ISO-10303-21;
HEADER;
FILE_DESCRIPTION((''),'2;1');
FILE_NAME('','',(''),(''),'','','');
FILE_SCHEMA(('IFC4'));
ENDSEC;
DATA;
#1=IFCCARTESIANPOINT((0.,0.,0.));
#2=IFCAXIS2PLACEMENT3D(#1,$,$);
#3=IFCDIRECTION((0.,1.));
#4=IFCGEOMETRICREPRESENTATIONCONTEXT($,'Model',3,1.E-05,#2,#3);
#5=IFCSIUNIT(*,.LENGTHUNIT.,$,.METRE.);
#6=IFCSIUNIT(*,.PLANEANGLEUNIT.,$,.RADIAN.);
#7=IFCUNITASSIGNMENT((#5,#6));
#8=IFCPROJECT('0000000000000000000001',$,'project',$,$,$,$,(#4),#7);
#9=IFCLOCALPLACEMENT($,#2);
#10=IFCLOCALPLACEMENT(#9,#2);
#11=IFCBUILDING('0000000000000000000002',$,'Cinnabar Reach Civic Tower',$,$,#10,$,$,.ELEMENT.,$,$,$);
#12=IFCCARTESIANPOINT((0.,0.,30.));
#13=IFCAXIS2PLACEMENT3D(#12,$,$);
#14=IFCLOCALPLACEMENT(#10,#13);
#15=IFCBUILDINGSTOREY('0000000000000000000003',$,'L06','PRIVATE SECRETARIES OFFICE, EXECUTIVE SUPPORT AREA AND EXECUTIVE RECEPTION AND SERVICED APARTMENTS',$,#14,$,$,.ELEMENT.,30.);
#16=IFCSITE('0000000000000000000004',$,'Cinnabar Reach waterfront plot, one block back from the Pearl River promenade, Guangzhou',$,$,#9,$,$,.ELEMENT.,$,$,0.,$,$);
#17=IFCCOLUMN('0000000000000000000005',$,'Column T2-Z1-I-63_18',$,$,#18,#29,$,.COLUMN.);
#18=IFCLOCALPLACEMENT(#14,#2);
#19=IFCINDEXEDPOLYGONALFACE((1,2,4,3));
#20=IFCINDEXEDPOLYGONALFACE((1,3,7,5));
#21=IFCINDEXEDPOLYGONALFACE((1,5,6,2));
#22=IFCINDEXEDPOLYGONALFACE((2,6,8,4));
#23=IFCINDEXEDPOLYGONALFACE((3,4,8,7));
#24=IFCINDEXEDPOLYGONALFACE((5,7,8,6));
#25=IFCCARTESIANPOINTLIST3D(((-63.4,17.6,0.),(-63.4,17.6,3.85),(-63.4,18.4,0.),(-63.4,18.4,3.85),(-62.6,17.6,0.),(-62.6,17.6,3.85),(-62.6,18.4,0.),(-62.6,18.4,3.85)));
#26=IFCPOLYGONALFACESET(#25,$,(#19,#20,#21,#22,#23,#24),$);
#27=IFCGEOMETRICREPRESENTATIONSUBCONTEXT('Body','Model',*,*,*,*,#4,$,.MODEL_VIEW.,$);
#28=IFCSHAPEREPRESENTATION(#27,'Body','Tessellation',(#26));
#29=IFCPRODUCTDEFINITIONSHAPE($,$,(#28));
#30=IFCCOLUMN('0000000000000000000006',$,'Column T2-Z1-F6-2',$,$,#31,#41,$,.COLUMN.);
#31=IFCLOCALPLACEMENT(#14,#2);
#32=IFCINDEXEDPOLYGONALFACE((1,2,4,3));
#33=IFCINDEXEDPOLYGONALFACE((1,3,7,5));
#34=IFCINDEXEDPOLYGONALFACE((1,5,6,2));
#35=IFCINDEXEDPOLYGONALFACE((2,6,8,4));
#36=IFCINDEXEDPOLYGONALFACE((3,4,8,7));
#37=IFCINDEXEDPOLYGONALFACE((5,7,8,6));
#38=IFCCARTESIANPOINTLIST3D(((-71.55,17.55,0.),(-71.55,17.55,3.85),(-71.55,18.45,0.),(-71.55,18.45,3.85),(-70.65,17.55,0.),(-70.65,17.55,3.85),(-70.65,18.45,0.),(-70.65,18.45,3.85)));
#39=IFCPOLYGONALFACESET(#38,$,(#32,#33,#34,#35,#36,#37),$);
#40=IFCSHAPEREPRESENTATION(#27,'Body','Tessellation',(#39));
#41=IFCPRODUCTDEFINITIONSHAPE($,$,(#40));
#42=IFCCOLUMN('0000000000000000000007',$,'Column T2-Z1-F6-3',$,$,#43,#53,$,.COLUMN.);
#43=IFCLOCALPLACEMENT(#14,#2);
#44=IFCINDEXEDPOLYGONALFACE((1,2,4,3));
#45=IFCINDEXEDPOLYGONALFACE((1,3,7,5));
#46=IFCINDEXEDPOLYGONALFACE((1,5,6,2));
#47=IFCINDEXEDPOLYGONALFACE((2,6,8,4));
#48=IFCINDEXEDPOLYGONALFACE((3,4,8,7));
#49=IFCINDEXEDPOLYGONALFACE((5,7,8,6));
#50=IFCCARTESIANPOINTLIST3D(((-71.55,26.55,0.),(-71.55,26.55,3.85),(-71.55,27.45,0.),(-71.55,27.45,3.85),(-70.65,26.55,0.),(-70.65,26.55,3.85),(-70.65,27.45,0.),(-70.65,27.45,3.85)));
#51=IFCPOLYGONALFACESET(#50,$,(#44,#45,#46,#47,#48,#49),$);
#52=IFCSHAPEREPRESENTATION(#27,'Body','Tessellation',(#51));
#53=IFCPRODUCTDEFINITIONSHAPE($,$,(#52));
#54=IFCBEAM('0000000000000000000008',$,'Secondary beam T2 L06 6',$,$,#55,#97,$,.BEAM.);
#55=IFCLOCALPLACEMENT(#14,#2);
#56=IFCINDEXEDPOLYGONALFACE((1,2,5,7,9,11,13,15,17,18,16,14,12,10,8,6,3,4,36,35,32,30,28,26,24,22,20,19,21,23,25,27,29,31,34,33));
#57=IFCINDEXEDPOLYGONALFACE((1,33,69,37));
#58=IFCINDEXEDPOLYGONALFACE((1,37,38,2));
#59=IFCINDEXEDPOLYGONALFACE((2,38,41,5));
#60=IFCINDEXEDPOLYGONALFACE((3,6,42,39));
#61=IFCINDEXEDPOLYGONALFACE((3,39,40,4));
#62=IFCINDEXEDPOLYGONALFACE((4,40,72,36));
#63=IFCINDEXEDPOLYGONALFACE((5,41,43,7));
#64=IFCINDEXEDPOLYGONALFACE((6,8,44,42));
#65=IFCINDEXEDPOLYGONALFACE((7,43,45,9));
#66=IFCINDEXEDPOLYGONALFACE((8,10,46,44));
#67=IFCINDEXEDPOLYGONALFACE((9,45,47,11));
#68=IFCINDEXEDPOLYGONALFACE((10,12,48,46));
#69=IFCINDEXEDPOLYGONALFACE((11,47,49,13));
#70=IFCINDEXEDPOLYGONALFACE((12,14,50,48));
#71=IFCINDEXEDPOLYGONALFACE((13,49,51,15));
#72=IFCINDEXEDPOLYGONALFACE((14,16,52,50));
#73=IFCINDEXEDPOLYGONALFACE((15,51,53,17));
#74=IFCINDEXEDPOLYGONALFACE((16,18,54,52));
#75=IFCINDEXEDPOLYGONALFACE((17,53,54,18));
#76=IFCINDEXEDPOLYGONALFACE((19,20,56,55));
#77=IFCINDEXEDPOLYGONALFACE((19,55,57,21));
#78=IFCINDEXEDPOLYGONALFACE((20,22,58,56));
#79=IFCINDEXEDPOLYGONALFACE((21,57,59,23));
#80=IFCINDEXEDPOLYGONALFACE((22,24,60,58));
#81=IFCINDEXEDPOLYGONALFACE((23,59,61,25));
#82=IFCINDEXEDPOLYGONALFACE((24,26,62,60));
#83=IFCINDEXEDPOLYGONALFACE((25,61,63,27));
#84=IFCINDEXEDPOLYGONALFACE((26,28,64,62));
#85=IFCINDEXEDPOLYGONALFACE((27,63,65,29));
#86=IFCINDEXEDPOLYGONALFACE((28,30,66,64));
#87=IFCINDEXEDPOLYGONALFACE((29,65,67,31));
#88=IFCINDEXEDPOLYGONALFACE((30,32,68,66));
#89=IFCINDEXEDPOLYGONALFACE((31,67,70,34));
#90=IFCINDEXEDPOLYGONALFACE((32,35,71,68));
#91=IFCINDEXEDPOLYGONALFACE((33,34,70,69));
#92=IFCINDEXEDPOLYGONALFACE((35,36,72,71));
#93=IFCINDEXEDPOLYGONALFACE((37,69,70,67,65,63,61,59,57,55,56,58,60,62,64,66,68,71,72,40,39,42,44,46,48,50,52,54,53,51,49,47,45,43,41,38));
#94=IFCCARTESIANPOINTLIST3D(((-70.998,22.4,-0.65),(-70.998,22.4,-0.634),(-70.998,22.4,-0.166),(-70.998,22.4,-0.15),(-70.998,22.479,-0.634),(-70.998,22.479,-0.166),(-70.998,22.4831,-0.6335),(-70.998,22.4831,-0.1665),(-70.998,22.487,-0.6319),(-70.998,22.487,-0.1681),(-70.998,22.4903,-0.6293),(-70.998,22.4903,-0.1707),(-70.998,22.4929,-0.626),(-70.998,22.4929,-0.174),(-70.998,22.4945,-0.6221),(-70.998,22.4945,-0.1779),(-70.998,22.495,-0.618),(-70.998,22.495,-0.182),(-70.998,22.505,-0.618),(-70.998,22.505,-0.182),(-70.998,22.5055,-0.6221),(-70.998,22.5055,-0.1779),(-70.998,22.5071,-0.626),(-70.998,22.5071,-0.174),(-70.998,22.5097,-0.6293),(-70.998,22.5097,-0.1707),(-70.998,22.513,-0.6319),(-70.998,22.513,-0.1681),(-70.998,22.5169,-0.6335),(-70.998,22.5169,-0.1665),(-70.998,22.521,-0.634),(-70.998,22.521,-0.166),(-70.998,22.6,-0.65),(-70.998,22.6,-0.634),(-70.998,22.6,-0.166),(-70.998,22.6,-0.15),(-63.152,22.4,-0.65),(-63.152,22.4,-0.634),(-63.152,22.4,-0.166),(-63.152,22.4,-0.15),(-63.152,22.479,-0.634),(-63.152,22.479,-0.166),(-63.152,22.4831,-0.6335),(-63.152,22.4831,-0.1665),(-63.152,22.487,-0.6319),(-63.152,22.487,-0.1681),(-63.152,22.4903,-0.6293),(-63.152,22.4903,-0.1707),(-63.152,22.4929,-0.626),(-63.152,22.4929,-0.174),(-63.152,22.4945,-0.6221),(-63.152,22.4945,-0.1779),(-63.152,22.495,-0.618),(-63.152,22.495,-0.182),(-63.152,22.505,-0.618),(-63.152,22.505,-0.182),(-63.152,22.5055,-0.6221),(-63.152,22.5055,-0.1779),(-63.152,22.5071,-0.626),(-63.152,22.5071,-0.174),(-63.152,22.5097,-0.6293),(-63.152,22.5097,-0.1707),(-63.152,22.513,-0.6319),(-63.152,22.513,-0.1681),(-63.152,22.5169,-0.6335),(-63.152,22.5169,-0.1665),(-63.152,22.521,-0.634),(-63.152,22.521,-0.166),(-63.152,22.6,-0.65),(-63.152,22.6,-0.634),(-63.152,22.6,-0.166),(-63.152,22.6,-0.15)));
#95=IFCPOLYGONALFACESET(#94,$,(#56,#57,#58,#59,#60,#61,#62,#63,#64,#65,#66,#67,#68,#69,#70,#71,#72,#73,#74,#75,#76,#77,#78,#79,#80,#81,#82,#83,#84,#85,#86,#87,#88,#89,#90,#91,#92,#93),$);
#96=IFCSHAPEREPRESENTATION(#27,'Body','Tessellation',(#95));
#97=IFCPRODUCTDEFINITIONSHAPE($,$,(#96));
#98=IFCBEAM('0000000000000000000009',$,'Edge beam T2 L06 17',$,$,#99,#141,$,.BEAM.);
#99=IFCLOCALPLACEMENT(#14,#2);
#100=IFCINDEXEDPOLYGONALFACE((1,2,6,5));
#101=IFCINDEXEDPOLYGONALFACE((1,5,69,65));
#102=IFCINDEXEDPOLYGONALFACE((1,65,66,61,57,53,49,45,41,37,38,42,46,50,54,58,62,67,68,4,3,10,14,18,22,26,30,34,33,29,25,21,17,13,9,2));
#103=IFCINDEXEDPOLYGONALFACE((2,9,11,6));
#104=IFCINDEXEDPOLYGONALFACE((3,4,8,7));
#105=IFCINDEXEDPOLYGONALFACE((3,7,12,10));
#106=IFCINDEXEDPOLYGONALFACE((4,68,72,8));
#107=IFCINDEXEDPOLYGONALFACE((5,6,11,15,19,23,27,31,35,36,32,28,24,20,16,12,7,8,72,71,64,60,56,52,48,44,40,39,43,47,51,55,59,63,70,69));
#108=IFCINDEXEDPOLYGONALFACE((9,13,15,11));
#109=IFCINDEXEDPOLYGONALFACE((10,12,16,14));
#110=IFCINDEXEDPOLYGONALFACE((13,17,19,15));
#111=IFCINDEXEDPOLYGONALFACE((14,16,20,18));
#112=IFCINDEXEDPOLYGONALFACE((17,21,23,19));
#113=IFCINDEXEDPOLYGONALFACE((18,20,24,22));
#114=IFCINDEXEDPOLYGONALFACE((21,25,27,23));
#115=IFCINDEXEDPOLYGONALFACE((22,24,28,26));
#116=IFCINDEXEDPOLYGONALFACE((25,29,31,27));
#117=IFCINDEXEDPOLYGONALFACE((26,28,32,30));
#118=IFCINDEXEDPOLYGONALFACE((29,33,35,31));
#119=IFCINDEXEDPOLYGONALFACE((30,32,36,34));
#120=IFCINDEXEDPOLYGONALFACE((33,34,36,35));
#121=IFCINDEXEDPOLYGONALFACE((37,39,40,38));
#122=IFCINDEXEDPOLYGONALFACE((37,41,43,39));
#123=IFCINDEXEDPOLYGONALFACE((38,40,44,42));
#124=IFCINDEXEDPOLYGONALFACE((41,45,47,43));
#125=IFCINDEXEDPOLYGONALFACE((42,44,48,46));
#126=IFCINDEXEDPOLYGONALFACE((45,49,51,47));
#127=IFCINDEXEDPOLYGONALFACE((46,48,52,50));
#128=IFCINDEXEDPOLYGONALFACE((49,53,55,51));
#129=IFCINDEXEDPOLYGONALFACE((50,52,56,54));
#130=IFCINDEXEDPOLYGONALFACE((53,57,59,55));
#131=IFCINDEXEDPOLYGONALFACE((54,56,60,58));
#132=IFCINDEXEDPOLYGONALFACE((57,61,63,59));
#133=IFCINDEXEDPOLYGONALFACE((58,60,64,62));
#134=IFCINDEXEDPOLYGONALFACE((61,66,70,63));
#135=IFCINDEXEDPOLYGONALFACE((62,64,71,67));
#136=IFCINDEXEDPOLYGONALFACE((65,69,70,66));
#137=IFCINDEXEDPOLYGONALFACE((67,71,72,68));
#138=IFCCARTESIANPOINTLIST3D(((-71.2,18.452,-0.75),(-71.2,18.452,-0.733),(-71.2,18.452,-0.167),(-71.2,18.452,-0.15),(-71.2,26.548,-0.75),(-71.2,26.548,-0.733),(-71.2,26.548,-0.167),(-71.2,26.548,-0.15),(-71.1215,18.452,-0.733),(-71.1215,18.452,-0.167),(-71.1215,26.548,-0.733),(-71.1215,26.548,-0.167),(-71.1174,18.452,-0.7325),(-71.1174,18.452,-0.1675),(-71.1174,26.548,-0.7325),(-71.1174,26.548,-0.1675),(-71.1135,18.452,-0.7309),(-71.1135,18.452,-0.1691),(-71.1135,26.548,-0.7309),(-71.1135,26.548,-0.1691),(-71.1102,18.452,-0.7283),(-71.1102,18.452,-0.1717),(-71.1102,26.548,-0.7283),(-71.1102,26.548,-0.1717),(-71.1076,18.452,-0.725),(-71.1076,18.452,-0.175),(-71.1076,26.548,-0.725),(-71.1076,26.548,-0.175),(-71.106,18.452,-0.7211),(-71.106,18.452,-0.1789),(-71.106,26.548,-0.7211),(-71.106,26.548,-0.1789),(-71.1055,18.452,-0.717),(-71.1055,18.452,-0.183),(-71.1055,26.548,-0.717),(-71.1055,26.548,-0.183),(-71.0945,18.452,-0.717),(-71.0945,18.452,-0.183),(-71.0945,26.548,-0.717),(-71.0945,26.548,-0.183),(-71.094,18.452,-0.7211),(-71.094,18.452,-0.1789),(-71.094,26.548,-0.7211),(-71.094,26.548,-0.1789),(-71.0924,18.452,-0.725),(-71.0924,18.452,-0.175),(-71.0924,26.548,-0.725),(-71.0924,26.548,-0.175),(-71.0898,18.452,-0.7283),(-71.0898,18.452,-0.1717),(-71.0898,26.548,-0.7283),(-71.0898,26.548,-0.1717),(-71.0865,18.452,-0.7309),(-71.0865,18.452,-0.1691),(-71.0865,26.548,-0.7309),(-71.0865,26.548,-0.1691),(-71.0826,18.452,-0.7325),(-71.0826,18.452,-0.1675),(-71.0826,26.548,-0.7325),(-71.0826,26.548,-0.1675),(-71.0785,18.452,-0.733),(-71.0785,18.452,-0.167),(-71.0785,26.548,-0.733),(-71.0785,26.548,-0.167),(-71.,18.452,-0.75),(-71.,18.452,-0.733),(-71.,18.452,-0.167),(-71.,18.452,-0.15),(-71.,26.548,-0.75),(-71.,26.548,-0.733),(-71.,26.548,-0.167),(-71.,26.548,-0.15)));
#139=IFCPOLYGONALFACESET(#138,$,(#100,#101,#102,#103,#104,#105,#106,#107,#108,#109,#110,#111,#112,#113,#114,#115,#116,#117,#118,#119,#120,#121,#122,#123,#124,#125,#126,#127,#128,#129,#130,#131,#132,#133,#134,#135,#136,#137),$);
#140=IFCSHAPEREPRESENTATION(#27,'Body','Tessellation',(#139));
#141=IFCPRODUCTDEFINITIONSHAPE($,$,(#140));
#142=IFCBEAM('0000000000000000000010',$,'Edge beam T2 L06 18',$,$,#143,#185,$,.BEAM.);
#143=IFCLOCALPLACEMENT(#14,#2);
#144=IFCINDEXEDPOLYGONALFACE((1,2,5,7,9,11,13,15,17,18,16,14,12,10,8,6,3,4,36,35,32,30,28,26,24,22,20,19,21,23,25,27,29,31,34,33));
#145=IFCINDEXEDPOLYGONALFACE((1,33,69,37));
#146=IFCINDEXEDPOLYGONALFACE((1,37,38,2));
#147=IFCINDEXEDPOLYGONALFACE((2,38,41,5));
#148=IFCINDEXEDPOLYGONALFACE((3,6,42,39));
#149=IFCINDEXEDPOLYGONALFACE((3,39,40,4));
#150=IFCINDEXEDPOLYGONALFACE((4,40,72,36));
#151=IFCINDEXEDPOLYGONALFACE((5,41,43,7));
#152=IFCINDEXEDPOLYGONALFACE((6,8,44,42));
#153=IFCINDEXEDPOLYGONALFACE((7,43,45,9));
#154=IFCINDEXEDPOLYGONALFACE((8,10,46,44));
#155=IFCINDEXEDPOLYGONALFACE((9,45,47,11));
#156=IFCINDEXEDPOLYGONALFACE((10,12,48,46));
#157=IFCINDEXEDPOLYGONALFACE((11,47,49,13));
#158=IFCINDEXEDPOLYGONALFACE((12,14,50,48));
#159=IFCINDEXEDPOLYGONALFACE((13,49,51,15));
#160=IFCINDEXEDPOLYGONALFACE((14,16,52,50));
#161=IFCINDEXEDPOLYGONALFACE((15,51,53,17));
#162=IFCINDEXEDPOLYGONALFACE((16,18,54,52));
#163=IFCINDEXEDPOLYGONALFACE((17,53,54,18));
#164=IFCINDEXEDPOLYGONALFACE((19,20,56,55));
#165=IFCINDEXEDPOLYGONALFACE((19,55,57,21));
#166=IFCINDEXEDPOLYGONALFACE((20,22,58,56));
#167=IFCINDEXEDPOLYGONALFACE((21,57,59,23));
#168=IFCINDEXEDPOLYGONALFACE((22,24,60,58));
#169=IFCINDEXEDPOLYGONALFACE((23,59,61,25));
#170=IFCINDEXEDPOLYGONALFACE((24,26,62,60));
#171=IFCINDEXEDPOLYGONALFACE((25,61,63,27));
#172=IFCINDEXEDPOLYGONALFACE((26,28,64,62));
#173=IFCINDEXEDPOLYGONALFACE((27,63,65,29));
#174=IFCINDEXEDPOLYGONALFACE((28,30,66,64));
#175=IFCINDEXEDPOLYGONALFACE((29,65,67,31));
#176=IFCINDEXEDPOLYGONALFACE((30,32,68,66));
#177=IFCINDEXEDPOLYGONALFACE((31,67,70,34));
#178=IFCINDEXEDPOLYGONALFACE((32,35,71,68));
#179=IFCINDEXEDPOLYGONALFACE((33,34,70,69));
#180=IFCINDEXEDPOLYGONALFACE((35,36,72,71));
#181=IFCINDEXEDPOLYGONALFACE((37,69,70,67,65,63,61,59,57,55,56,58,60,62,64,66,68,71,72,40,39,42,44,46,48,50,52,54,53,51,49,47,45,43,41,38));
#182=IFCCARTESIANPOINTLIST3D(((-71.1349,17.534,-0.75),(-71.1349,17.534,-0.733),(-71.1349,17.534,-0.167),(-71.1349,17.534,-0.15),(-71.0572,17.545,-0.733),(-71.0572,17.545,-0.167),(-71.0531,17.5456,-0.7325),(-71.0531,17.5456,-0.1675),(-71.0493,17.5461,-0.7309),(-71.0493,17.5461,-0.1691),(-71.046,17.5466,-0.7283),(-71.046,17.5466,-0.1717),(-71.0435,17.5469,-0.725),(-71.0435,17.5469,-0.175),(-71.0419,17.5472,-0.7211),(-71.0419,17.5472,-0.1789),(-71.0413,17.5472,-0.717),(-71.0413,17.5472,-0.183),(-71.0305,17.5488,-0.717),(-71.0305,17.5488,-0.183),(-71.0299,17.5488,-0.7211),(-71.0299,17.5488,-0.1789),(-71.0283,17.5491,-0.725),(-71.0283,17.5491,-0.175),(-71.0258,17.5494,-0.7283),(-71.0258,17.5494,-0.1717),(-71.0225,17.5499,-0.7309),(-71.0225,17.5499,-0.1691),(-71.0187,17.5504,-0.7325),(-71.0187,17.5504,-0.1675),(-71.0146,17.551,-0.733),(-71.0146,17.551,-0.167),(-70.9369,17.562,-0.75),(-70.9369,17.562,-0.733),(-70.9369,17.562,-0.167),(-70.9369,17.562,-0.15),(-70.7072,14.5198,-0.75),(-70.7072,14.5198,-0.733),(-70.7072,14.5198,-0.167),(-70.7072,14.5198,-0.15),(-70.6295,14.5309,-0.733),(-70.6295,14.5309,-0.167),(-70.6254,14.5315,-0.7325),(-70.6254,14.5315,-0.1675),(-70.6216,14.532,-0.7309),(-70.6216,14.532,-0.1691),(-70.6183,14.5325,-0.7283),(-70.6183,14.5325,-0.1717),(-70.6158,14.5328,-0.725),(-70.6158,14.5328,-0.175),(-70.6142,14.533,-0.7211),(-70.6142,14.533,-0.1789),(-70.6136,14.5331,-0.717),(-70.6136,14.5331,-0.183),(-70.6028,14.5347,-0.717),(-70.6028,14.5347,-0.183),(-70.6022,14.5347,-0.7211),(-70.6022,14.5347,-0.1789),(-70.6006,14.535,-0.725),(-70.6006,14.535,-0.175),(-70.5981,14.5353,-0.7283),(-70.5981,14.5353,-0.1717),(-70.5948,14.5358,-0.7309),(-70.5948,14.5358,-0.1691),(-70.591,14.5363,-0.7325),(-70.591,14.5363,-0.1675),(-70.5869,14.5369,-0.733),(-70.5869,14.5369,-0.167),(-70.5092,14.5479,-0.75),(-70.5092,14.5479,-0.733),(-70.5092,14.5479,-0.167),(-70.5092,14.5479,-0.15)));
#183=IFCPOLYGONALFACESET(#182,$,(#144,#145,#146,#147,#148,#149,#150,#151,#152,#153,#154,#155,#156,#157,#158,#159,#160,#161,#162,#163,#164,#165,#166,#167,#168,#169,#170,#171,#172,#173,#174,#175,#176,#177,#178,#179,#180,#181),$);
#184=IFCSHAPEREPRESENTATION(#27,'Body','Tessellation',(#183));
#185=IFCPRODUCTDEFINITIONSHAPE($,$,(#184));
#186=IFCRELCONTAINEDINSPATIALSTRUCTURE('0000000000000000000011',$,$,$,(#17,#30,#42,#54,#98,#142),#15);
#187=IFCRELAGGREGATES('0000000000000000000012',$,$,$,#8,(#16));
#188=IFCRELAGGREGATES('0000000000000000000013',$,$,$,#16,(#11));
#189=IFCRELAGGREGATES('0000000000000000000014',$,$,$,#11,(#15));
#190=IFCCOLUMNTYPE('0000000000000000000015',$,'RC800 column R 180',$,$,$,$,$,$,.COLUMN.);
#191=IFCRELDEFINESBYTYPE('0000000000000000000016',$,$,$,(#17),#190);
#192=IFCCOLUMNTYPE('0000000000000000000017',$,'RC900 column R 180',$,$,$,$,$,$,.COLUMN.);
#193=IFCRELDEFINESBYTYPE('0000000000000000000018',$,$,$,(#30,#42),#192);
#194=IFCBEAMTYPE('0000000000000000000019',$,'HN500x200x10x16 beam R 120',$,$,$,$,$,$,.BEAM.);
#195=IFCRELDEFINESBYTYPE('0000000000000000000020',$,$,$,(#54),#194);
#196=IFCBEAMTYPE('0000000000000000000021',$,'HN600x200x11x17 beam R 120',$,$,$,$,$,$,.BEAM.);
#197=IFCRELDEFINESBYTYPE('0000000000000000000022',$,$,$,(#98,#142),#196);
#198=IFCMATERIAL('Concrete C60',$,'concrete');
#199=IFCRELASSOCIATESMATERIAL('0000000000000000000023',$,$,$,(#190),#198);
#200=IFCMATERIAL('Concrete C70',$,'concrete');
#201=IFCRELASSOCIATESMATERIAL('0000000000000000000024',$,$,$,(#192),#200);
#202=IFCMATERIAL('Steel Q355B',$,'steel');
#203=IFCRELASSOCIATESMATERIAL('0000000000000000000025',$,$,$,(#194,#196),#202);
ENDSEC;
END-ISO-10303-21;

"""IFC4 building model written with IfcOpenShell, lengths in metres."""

from ifc_helpers import new_model, si_unit, direction, frame, origin, origin_2d, place, context, subcontext, project, spatial, rectangle, i_section, extrude, material, material_profile, profile_set, type_object, element, save


model = new_model("IFC4")

# Units and contexts
model_context = context("Model", 3, precision=1e-05, world=origin(), true_north=direction((0.0, 1.0)))
body_context = subcontext(model_context, "Body", "Model", "MODEL_VIEW")
ifc_project = project(units=[si_unit("LENGTHUNIT", "METRE"), si_unit("PLANEANGLEUNIT", "RADIAN")], contexts=[model_context])

# Site, building, storey
site_placement = place(None, origin())
site = spatial("IfcSite", under=ifc_project, at=site_placement, Name="Cinnabar Reach waterfront plot, one block back from the Pearl River promenade, Guangzhou", CompositionType="ELEMENT", RefElevation=0.0)
building_placement = place(site_placement, origin())
building = spatial("IfcBuilding", under=site, at=building_placement, Name="Cinnabar Reach Civic Tower", CompositionType="ELEMENT")
storey_placement = place(building_placement, frame((0.0, 0.0, 30.0)))
storey = spatial("IfcBuildingStorey", under=building, at=storey_placement, Name="L06", Description="PRIVATE SECRETARIES OFFICE, EXECUTIVE SUPPORT AREA AND EXECUTIVE RECEPTION AND SERVICED APARTMENTS", CompositionType="ELEMENT", Elevation=30.0)

# Columns
ifc_material_1 = material(Name="Concrete C60", Category="concrete")
ifc_material_profile_1 = material_profile(ifc_material_1, rectangle(XDim=0.8, YDim=0.8, at=origin_2d()), Name="RC800")
ifc_profile_set_1 = profile_set([ifc_material_profile_1], Name="Concrete C60")
column_type_1 = type_object("IfcColumnType", Name="RC800 column R 180", PredefinedType="COLUMN", material=ifc_profile_set_1)
column_placement = place(storey_placement, frame((-63.0, 18.0, 0.0), z_axis=(0.0, 0.0, 1.0), x_axis=(1.0, 0.0, 0.0)))
element("IfcColumn", 1, at=column_placement, inside=storey, type_object=column_type_1, Name="Column T2-Z1-I-63_18", PredefinedType="COLUMN", context=body_context, shape_type="SweptSolid", body=[
    extrude(rectangle(XDim=0.8, YDim=0.8, at=origin_2d()), origin(), (0.0, 0.0, 1.0), 3.85),
])
ifc_material_2 = material(Name="Concrete C70", Category="concrete")
ifc_material_profile_2 = material_profile(ifc_material_2, rectangle(XDim=0.9, YDim=0.9, at=origin_2d()), Name="RC900")
ifc_profile_set_2 = profile_set([ifc_material_profile_2], Name="Concrete C70")
column_type_2 = type_object("IfcColumnType", Name="RC900 column R 180", PredefinedType="COLUMN", material=ifc_profile_set_2)
for number, where, z_axis, x_axis, name in (
    (2, (-71.1, 18.0, 0.0), (0.0, 0.0, 1.0), (1.0, 0.0, 0.0), "Column T2-Z1-F6-2"),
    (3, (-71.1, 27.0, 0.0), (0.0, 0.0, 1.0), (1.0, 0.0, 0.0), "Column T2-Z1-F6-3"),
):
    element("IfcColumn", number, at=place(storey_placement, frame(where, z_axis=z_axis, x_axis=x_axis)), inside=storey, type_object=column_type_2, Name=name, PredefinedType="COLUMN", context=body_context, shape_type="SweptSolid", body=[
        extrude(rectangle(XDim=0.9, YDim=0.9, at=origin_2d()), origin(), (0.0, 0.0, 1.0), 3.85),
    ])

# Beams
ifc_material_3 = material(Name="Steel Q355B", Category="steel")
ifc_material_profile_3 = material_profile(ifc_material_3, i_section(OverallWidth=0.2, OverallDepth=0.5, WebThickness=0.01, FlangeThickness=0.016, FilletRadius=0.016, at=origin_2d()), Name="HN500x200x10x16")
ifc_profile_set_3 = profile_set([ifc_material_profile_3], Name="Steel Q355B")
beam_type_1 = type_object("IfcBeamType", Name="HN500x200x10x16 beam R 120", PredefinedType="BEAM", material=ifc_profile_set_3)
beam_1_placement = place(storey_placement, frame((-70.998, 22.5, -0.4), z_axis=(1.0, 0.0, 0.0), x_axis=(0.0, 1.0, 0.0)))
element("IfcBeam", 4, at=beam_1_placement, inside=storey, type_object=beam_type_1, Name="Secondary beam T2 L06 6", PredefinedType="BEAM", context=body_context, shape_type="SweptSolid", body=[
    extrude(i_section(OverallWidth=0.2, OverallDepth=0.5, WebThickness=0.01, FlangeThickness=0.016, FilletRadius=0.016, at=origin_2d()), origin(), (0.0, 0.0, 1.0), 7.846),
])
ifc_material_profile_4 = material_profile(ifc_material_3, i_section(OverallWidth=0.2, OverallDepth=0.6, WebThickness=0.011, FlangeThickness=0.017, FilletRadius=0.016, at=origin_2d()), Name="HN600x200x11x17")
ifc_profile_set_4 = profile_set([ifc_material_profile_4], Name="Steel Q355B")
beam_type_2 = type_object("IfcBeamType", Name="HN600x200x11x17 beam R 120", PredefinedType="BEAM", material=ifc_profile_set_4)
beam_2_placement = place(storey_placement, frame((-71.1, 26.548, -0.45), z_axis=(0.0, -1.0, 0.0), x_axis=(1.0, 0.0, 0.0)))
element("IfcBeam", 5, at=beam_2_placement, inside=storey, type_object=beam_type_2, Name="Edge beam T2 L06 17", PredefinedType="BEAM", context=body_context, shape_type="SweptSolid", body=[
    extrude(i_section(OverallWidth=0.2, OverallDepth=0.6, WebThickness=0.011, FlangeThickness=0.017, FilletRadius=0.016, at=origin_2d()), origin(), (0.0, 0.0, 1.0), 8.096),
])
beam_3_placement = place(storey_placement, frame((-71.0359, 17.548, -0.45), z_axis=(0.140492, -0.990082, 0.0), x_axis=(0.990082, 0.140492, 0.0)))
element("IfcBeam", 6, at=beam_3_placement, inside=storey, type_object=beam_type_2, Name="Edge beam T2 L06 18", PredefinedType="BEAM", context=body_context, shape_type="SweptSolid", body=[
    extrude(i_section(OverallWidth=0.2, OverallDepth=0.6, WebThickness=0.011, FlangeThickness=0.017, FilletRadius=0.016, at=origin_2d()), origin(), (0.0, 0.0, 1.0), 3.0443),
])

save(model, "model.ifc")
